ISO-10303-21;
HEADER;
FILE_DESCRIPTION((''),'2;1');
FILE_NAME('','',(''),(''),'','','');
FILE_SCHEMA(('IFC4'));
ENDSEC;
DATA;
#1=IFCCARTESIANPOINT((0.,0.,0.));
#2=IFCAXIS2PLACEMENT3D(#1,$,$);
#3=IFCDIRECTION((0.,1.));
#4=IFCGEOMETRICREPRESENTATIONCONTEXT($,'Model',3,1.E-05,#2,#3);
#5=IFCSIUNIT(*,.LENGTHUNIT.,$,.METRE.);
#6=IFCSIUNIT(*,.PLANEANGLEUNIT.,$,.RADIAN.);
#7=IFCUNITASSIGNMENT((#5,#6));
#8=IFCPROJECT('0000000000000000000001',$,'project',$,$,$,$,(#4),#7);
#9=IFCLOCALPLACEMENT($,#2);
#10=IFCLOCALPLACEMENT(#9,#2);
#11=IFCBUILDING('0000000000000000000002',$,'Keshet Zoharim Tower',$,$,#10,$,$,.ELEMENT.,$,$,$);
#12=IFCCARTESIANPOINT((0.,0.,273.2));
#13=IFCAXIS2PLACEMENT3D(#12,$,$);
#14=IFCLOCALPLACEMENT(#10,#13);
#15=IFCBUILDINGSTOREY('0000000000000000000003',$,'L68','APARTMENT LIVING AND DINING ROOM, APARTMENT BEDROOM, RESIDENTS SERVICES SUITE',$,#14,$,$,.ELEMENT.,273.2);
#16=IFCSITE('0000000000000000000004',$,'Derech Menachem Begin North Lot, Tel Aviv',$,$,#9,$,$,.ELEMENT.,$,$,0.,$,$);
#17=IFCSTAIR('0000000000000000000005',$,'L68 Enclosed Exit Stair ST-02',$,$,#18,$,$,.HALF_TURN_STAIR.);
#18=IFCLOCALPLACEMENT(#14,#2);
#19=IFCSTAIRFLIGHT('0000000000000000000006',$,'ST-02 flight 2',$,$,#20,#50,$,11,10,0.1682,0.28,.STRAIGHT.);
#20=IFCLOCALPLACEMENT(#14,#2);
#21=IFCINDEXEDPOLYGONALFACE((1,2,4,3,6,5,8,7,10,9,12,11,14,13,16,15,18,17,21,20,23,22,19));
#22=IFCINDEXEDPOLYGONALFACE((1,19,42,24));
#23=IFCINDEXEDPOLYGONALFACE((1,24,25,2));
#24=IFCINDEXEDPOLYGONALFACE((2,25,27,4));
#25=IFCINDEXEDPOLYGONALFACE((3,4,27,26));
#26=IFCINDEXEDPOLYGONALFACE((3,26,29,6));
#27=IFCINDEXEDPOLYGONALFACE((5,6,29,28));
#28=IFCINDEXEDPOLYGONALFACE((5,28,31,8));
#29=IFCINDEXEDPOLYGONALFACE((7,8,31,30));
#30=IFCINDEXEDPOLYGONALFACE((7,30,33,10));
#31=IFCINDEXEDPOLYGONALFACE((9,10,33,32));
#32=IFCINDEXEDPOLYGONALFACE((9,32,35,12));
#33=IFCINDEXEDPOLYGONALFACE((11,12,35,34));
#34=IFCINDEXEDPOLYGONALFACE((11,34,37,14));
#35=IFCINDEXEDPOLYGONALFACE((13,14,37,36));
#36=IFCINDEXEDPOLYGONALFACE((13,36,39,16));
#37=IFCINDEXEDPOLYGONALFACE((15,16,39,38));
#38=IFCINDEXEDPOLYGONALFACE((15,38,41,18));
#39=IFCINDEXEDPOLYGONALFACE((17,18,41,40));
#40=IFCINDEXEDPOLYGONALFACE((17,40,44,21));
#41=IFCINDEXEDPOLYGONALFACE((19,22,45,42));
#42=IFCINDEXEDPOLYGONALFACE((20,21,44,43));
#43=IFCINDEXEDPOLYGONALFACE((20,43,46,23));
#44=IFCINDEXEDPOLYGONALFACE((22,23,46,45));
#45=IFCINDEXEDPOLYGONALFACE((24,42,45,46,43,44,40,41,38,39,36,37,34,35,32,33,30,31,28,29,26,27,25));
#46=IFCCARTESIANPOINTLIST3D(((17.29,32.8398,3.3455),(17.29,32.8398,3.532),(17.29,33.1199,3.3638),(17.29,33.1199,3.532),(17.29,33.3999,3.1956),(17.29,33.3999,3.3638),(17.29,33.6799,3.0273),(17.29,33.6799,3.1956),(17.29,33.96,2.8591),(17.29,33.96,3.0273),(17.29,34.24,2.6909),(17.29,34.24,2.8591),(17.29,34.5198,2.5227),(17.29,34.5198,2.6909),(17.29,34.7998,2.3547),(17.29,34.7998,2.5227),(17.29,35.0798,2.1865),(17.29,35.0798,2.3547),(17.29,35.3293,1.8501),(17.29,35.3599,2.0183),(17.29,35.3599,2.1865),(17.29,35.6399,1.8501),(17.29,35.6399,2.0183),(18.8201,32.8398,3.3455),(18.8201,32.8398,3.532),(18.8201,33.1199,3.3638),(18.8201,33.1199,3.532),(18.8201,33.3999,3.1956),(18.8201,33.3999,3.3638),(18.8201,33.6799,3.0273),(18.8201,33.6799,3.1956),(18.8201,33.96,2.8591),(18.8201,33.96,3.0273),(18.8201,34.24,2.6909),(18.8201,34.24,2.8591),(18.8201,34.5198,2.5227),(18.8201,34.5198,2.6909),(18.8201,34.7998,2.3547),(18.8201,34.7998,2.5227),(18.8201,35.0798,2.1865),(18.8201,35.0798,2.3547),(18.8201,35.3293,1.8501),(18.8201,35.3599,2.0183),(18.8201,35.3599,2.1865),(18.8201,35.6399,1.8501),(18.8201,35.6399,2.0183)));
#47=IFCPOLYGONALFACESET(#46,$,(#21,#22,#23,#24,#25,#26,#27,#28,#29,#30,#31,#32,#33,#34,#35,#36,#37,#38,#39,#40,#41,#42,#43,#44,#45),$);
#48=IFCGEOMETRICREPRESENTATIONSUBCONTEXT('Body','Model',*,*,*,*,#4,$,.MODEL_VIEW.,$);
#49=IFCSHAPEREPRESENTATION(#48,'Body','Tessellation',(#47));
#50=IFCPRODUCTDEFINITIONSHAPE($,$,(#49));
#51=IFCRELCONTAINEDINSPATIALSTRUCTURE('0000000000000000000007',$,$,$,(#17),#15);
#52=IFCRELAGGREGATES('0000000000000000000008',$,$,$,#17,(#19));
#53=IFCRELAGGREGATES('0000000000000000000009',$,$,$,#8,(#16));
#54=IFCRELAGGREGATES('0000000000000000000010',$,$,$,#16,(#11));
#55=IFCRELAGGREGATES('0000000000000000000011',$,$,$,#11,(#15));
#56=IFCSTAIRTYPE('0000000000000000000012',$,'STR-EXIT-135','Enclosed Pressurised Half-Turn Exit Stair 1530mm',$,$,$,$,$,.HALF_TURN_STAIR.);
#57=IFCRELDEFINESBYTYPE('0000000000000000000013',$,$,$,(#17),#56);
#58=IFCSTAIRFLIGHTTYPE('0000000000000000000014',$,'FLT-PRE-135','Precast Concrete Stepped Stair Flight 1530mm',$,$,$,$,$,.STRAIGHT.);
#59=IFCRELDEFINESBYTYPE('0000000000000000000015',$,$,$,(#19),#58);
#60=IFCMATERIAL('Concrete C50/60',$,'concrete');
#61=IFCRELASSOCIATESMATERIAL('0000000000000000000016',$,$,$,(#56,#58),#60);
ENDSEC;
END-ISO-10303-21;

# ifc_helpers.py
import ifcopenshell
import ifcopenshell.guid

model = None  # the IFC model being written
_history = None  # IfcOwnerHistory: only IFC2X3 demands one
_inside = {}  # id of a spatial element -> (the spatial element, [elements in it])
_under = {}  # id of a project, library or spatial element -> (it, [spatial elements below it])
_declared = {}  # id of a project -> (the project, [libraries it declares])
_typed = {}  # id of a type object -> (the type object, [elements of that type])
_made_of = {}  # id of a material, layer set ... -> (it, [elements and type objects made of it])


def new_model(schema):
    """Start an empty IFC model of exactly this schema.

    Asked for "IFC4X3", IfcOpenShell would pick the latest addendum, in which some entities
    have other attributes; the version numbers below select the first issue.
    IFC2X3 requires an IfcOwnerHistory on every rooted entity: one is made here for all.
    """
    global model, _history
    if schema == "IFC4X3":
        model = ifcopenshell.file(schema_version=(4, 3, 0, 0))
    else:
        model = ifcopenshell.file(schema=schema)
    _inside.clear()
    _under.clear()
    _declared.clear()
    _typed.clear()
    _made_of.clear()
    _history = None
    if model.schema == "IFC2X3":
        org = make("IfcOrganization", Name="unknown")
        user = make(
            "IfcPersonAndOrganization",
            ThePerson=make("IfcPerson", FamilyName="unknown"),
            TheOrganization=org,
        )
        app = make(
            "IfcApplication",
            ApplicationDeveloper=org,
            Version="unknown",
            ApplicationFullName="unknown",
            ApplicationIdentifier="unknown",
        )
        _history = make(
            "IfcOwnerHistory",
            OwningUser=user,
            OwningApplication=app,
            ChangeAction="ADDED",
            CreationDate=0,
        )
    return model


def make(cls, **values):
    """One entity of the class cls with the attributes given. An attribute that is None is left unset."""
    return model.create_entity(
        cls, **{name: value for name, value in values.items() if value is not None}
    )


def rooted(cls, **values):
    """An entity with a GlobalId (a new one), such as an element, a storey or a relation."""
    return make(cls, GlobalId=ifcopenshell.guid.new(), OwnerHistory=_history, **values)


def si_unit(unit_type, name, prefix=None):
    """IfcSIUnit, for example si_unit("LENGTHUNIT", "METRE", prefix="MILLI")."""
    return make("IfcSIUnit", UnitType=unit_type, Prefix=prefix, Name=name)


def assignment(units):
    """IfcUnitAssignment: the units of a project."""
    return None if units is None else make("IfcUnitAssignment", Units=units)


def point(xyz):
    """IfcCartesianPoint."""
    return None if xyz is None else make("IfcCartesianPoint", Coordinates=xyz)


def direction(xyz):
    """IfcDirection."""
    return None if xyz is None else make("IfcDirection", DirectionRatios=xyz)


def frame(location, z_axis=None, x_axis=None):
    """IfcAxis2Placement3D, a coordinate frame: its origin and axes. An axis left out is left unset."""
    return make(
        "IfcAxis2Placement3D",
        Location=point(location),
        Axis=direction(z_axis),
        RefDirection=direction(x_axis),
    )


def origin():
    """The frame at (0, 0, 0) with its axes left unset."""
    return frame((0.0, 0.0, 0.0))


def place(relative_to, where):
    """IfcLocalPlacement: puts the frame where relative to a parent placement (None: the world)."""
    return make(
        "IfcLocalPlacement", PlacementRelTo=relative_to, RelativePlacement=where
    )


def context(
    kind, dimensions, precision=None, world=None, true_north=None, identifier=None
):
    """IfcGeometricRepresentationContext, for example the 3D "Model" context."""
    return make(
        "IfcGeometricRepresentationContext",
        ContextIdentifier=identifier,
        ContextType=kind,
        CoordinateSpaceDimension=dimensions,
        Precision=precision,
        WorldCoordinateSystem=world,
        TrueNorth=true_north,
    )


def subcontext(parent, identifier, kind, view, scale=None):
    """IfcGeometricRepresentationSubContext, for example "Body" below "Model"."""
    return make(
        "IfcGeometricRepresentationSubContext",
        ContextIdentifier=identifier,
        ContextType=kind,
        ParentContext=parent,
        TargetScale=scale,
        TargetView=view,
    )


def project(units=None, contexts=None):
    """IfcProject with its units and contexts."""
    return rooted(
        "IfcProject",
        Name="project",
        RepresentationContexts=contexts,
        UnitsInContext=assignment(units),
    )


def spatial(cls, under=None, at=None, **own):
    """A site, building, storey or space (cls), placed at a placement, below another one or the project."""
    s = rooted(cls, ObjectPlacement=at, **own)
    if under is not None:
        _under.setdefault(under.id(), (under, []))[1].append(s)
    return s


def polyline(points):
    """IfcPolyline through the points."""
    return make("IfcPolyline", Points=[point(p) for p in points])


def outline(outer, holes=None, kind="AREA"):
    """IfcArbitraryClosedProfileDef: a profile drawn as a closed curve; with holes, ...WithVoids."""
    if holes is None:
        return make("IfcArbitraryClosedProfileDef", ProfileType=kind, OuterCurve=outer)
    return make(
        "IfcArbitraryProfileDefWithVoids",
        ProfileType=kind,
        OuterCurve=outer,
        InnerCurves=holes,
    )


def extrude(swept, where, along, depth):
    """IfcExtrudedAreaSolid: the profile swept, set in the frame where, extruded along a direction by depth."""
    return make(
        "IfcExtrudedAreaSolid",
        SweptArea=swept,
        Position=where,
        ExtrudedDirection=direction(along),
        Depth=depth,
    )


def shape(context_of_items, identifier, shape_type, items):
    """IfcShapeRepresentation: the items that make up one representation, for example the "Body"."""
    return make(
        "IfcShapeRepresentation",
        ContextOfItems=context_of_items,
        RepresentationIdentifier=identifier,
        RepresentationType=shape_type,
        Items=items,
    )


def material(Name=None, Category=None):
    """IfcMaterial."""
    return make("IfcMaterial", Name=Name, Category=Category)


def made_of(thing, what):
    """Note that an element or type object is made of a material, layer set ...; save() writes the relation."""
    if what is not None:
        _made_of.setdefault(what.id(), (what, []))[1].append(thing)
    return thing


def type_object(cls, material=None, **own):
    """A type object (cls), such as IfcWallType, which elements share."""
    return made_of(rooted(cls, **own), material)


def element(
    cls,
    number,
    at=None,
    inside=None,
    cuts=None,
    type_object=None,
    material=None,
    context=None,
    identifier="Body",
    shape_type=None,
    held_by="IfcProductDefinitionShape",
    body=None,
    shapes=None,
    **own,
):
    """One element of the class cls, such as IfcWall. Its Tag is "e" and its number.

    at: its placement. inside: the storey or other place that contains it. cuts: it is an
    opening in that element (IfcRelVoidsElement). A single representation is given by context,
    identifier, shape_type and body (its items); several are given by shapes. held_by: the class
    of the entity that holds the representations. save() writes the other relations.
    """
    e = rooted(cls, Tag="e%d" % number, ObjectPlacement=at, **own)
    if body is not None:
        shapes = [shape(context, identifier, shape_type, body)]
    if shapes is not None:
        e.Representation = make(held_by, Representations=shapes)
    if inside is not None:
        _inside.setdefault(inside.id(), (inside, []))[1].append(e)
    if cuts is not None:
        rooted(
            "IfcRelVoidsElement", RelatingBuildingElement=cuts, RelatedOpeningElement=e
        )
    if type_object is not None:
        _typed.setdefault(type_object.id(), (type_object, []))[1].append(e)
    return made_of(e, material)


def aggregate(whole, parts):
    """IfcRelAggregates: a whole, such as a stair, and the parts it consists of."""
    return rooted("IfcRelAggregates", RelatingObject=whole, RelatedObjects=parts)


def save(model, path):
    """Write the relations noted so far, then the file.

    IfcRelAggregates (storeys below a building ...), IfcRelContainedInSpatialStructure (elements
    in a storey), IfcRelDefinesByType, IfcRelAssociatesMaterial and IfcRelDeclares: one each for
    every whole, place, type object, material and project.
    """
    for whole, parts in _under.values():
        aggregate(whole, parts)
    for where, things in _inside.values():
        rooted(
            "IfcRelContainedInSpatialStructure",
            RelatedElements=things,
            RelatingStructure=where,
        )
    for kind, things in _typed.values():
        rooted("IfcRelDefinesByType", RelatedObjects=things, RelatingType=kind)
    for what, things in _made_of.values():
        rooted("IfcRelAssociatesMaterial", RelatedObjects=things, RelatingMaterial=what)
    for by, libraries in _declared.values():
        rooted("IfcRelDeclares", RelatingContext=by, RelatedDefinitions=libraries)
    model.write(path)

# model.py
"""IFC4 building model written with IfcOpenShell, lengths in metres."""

from ifc_helpers import new_model, si_unit, direction, frame, origin, place, context, subcontext, project, spatial, polyline, outline, extrude, material, type_object, element, aggregate, save


model = new_model("IFC4")

# Units and contexts
model_context = context("Model", 3, precision=1e-05, world=origin(), true_north=direction((0.0, 1.0)))
body_context = subcontext(model_context, "Body", "Model", "MODEL_VIEW")
ifc_project = project(units=[si_unit("LENGTHUNIT", "METRE"), si_unit("PLANEANGLEUNIT", "RADIAN")], contexts=[model_context])

# Site, building, storey
site_placement = place(None, origin())
site = spatial("IfcSite", under=ifc_project, at=site_placement, Name="Derech Menachem Begin North Lot, Tel Aviv", CompositionType="ELEMENT", RefElevation=0.0)
building_placement = place(site_placement, origin())
building = spatial("IfcBuilding", under=site, at=building_placement, Name="Keshet Zoharim Tower", CompositionType="ELEMENT")
storey_placement = place(building_placement, frame((0.0, 0.0, 273.2)))
storey = spatial("IfcBuildingStorey", under=building, at=storey_placement, Name="L68", Description="APARTMENT LIVING AND DINING ROOM, APARTMENT BEDROOM, RESIDENTS SERVICES SUITE", CompositionType="ELEMENT", Elevation=273.2)

# Shared definitions
ifc_material_1 = material(Name="Concrete C50/60", Category="concrete")

# Stair, stair flight
stair_type = type_object("IfcStairType", Name="STR-EXIT-135", Description="Enclosed Pressurised Half-Turn Exit Stair 1530mm", PredefinedType="HALF_TURN_STAIR", material=ifc_material_1)
stair_placement = place(storey_placement, origin())
stair = element("IfcStair", 1, at=stair_placement, inside=storey, type_object=stair_type, Name="L68 Enclosed Exit Stair ST-02", PredefinedType="HALF_TURN_STAIR")
stair_flight_type = type_object("IfcStairFlightType", Name="FLT-PRE-135", Description="Precast Concrete Stepped Stair Flight 1530mm", PredefinedType="STRAIGHT", material=ifc_material_1)
stair_flight_1_placement = place(storey_placement, frame((18.0549, 35.6399, 1.8501), z_axis=(0.0, 0.0, 1.0), x_axis=(0.0, -1.0, 0.0)))
stair_flight_1 = element("IfcStairFlight", 2, at=stair_flight_1_placement, type_object=stair_flight_type, Name="ST-02 flight 2", NumberOfRisers=11, NumberOfTreads=10, PredefinedType="STRAIGHT", RiserHeight=0.1682, TreadLength=0.28, context=body_context, shape_type="SweptSolid", body=[
    extrude(outline(polyline([(0.0, 0.0), (0.0, 0.1682), (0.28, 0.1682), (0.28, 0.3364), (0.5601, 0.3364), (0.5601, 0.5046), (0.8401, 0.5046), (0.8401, 0.6726), (1.1201, 0.6726), (1.1201, 0.8408), (1.3999, 0.8408), (1.3999, 1.009), (1.6799, 1.009), (1.6799, 1.1772), (1.96, 1.1772), (1.96, 1.3455), (2.24, 1.3455), (2.24, 1.5137), (2.52, 1.5137), (2.52, 1.6819), (2.8, 1.6819), (2.8, 1.8501), (2.8, 1.4954), (0.3105, 0.0), (0.0, 0.0)])), frame((0.0, 0.7651, 0.0), z_axis=(0.0, -1.0, 0.0), x_axis=(1.0, 0.0, 0.0)), (0.0, 0.0, 1.0), 1.53),
])
aggregate(stair, [stair_flight_1])

save(model, "model.ifc")
